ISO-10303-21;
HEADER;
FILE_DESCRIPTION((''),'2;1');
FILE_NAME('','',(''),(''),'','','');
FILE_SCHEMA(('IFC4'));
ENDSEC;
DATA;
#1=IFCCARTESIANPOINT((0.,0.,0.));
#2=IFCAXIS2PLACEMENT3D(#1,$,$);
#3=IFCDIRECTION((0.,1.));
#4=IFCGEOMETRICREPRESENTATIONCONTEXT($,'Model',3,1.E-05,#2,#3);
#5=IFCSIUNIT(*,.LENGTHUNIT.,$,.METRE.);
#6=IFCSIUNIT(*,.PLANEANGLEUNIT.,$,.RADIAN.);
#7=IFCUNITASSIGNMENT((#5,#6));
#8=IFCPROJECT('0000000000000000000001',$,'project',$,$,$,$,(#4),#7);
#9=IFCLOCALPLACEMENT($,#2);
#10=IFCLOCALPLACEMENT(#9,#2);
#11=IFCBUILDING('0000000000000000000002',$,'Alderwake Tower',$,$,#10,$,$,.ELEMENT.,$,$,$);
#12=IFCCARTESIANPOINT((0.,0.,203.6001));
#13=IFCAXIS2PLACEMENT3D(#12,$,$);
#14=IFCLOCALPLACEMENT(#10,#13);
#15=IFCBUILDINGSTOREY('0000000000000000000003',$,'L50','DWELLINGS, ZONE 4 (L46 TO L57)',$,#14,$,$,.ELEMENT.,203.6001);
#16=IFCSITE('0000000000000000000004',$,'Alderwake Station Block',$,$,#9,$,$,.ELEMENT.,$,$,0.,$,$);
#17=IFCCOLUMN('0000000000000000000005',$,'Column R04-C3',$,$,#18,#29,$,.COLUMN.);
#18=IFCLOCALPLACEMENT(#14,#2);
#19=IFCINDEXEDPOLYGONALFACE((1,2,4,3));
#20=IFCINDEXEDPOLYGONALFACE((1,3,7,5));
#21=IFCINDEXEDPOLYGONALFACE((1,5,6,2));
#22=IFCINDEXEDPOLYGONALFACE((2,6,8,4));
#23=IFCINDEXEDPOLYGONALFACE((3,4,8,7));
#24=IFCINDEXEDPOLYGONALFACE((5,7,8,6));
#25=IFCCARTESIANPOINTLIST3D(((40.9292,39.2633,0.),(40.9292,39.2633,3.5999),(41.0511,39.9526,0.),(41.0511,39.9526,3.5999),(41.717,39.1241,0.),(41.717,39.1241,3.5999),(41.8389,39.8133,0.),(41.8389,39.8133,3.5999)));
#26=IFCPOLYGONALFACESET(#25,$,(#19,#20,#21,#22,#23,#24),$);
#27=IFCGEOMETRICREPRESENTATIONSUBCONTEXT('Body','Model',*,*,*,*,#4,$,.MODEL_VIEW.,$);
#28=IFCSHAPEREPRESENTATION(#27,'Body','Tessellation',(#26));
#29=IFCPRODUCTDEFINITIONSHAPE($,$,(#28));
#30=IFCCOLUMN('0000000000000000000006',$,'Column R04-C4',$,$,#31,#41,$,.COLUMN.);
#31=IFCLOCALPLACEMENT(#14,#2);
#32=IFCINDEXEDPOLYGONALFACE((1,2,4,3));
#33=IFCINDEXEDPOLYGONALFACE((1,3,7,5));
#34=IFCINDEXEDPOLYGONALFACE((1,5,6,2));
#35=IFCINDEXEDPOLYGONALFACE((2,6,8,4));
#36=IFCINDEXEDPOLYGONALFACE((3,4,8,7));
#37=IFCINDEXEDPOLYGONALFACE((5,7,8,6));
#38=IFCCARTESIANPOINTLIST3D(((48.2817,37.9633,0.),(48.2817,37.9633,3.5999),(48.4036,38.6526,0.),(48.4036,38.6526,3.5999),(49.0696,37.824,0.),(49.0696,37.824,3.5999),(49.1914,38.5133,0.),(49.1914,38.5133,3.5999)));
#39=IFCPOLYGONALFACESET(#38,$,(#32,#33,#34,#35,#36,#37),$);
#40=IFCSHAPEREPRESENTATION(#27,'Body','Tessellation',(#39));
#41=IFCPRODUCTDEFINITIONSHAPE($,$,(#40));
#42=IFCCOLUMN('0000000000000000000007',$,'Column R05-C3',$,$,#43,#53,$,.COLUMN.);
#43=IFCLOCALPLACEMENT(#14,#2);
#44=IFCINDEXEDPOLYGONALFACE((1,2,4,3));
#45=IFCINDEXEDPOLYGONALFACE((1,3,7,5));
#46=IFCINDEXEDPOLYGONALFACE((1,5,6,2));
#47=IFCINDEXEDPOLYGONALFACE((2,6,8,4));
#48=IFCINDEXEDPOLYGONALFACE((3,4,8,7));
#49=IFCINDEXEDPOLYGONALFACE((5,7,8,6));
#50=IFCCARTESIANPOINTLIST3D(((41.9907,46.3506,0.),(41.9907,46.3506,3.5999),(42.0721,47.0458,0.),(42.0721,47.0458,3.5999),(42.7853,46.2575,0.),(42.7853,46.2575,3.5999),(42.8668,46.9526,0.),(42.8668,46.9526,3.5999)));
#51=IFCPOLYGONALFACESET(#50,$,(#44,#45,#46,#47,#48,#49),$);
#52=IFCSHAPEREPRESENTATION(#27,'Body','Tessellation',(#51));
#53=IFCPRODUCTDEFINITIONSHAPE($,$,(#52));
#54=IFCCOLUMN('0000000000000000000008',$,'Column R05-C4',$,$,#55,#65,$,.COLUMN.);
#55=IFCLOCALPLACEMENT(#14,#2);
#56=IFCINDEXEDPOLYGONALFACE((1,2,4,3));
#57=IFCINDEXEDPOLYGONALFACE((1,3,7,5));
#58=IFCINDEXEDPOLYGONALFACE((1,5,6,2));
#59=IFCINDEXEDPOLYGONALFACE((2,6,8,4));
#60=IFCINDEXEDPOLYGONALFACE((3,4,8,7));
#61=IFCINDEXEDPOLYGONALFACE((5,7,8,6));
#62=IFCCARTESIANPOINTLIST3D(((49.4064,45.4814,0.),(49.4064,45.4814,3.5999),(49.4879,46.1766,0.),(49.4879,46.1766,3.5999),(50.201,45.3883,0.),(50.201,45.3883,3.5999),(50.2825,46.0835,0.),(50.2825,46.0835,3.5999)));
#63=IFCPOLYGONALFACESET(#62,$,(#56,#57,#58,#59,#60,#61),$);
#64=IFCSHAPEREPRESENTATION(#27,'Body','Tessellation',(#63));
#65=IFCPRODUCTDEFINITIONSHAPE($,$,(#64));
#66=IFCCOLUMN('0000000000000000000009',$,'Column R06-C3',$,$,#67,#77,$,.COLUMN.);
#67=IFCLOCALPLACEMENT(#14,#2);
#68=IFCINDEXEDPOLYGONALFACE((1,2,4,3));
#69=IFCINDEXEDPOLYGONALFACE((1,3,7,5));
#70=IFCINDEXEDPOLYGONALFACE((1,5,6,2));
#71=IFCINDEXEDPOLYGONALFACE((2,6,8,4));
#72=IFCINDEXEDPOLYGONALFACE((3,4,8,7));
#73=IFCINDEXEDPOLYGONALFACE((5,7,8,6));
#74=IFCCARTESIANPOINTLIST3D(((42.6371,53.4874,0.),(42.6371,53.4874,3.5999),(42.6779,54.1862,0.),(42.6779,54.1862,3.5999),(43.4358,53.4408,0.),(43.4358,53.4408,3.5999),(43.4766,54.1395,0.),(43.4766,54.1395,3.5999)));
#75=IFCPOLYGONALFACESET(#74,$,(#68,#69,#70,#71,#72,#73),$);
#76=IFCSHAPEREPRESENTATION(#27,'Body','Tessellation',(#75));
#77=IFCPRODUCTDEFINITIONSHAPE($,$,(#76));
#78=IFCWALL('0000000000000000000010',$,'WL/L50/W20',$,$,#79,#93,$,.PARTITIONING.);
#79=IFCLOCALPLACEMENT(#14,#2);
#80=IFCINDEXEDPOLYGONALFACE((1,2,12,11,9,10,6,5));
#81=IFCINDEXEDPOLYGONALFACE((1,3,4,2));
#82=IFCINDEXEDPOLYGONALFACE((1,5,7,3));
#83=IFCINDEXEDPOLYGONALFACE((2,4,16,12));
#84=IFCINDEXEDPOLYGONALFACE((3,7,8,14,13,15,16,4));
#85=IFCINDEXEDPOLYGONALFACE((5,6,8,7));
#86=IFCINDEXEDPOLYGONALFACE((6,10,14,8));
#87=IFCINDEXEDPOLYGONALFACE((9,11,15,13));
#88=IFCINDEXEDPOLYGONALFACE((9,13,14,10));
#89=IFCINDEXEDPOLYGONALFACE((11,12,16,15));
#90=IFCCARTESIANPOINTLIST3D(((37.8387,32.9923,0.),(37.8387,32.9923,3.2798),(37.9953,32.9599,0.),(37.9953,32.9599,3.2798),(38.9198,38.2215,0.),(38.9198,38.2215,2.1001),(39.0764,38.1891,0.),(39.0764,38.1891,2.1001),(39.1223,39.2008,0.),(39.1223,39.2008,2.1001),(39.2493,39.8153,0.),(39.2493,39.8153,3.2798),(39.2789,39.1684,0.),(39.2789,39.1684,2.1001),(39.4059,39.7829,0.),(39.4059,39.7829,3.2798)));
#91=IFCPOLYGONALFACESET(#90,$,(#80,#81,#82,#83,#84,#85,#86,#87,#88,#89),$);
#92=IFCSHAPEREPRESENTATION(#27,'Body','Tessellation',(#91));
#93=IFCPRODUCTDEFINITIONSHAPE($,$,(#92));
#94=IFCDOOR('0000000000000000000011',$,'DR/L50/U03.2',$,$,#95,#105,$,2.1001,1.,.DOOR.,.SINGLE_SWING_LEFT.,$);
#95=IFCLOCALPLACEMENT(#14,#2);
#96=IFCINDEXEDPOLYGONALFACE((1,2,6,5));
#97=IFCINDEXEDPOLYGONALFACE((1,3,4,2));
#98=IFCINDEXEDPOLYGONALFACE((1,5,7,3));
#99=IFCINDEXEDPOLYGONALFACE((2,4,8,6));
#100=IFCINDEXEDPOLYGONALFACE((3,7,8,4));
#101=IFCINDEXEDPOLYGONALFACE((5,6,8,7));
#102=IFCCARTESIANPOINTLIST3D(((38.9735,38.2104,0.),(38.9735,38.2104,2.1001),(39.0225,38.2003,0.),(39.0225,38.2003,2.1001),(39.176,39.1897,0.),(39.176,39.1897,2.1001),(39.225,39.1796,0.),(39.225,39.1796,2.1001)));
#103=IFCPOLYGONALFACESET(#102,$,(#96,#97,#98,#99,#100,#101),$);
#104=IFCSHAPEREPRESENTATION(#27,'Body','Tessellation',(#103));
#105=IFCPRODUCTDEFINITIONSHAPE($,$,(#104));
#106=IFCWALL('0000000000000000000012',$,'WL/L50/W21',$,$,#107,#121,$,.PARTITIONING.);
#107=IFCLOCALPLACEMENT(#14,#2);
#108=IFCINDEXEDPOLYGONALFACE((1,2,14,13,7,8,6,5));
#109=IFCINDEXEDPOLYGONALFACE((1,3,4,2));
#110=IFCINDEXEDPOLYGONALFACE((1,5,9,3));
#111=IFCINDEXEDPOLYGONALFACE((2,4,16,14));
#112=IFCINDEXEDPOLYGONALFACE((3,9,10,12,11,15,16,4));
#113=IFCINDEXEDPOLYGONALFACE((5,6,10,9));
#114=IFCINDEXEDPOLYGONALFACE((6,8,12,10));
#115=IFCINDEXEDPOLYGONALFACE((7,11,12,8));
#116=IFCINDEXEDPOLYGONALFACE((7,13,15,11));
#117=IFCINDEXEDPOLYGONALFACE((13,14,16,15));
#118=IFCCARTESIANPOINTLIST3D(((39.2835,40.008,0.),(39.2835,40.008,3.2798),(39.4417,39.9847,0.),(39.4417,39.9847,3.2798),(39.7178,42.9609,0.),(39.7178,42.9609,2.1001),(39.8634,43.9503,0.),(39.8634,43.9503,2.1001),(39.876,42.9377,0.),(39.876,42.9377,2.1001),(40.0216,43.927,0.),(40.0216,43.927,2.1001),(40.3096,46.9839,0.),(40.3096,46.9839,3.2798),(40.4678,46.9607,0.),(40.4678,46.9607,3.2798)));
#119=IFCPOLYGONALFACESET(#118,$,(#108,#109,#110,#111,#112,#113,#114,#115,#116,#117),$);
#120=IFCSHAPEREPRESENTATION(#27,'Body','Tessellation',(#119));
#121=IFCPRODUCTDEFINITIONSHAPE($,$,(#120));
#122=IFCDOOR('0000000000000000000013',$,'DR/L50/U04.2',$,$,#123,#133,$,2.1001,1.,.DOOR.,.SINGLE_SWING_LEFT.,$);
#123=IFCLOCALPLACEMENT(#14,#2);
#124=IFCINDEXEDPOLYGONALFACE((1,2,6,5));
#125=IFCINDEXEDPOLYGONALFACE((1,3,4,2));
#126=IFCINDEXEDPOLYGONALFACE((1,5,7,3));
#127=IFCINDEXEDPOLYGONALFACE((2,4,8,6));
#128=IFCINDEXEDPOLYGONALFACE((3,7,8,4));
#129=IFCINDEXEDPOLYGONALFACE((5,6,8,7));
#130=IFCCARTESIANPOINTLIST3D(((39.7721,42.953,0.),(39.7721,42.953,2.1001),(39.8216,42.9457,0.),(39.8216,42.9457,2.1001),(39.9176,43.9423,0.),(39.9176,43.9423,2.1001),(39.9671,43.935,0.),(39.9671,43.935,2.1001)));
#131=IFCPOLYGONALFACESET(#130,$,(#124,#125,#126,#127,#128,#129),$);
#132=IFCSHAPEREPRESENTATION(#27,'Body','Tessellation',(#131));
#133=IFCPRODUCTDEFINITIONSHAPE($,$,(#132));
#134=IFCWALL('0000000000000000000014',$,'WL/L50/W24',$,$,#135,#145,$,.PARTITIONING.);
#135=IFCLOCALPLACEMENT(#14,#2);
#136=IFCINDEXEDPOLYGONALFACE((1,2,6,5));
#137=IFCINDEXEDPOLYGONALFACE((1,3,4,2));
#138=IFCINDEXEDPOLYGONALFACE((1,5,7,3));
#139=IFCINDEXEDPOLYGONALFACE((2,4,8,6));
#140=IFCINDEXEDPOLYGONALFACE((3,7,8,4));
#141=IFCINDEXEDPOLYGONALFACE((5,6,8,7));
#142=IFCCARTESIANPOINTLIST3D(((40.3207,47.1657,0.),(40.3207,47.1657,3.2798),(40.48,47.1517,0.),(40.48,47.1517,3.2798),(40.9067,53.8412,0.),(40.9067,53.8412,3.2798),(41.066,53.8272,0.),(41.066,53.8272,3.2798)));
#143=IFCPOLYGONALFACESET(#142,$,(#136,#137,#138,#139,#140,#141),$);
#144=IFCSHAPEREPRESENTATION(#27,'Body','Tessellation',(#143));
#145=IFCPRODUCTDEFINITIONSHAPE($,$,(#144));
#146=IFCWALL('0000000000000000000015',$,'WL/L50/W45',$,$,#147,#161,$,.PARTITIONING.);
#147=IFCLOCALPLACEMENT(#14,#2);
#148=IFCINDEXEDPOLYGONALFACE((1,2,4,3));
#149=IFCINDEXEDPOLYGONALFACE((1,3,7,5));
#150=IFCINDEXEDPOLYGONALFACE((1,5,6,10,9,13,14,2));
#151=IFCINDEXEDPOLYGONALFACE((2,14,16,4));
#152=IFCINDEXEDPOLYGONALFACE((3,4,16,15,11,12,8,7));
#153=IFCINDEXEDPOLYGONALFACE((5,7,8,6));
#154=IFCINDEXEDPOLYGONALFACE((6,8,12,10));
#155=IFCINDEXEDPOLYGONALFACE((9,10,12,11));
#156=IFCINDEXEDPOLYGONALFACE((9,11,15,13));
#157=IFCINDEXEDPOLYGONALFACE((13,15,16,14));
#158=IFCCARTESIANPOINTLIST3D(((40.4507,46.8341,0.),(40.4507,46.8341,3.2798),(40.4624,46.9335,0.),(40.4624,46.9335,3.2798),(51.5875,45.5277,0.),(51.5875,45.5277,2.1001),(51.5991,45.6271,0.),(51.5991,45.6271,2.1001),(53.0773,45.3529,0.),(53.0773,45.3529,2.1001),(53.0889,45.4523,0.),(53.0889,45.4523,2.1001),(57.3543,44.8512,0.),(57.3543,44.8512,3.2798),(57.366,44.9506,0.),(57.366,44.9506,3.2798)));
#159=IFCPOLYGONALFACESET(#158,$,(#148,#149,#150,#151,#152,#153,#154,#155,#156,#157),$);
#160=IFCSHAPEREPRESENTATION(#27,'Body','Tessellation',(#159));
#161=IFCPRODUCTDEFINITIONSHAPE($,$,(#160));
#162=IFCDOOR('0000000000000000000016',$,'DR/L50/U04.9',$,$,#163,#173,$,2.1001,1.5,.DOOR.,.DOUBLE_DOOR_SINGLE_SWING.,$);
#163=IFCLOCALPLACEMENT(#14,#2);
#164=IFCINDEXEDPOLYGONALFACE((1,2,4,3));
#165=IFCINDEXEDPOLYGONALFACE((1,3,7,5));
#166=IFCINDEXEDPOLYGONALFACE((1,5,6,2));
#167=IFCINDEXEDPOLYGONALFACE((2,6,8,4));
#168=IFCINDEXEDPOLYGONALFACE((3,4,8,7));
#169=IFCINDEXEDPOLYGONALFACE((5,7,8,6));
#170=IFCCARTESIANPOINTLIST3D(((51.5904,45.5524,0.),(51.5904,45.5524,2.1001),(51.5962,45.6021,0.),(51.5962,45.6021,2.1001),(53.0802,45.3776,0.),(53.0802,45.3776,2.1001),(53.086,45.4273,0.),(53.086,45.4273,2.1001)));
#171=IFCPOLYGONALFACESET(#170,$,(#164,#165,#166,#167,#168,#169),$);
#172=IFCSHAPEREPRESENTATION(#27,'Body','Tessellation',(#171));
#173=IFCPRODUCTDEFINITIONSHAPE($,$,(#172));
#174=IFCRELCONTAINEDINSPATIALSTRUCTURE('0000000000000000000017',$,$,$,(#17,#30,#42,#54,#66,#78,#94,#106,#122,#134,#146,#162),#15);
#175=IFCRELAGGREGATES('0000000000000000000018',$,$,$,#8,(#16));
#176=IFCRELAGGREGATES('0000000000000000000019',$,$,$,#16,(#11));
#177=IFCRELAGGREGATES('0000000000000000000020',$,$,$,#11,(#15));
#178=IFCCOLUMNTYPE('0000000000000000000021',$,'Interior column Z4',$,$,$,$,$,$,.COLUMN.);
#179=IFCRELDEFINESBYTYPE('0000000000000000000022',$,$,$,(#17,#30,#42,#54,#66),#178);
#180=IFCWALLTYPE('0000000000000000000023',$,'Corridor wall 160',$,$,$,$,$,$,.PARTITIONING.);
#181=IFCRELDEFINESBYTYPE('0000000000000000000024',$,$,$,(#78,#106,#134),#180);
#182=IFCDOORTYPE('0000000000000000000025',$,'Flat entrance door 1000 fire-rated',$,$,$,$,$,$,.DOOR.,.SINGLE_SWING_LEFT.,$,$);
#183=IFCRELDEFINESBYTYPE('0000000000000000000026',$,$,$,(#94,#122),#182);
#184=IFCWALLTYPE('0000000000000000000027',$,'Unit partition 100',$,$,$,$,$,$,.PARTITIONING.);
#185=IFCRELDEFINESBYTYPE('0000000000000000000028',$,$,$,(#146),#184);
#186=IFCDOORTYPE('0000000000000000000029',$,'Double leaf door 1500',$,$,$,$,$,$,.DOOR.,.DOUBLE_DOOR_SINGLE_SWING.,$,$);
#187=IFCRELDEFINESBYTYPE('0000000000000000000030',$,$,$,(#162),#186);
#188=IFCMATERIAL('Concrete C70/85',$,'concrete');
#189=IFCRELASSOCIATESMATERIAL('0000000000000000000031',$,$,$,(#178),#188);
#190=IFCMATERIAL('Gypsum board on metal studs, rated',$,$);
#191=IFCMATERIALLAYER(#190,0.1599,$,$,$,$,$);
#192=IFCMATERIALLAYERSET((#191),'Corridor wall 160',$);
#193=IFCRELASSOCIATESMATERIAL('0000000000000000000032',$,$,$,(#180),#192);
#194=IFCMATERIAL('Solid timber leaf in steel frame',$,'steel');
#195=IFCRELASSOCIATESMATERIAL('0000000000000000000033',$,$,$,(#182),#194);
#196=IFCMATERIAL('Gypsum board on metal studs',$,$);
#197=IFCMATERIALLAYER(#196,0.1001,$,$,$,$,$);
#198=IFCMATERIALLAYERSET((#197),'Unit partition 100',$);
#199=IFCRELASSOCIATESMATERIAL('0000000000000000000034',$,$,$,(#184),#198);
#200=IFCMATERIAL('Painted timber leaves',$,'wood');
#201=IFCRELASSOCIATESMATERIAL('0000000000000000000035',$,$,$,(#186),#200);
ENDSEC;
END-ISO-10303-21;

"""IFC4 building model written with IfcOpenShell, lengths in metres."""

from ifc_helpers import new_model, si_unit, direction, frame, frame_2d, origin, origin_2d, place, context, subcontext, project, spatial, rectangle, extrude, material, layer, layer_set, material_profile, profile_set, type_object, element, fill, save


model = new_model("IFC4")

# Units and contexts
model_context = context("Model", 3, precision=1e-05, world=origin(), true_north=direction((0.0, 1.0)))
body_context = subcontext(model_context, "Body", "Model", "MODEL_VIEW")
ifc_project = project(units=[si_unit("LENGTHUNIT", "METRE"), si_unit("PLANEANGLEUNIT", "RADIAN")], contexts=[model_context])

# Site, building, storey
site_placement = place(None, origin())
site = spatial("IfcSite", under=ifc_project, at=site_placement, Name="Alderwake Station Block", CompositionType="ELEMENT", RefElevation=0.0)
building_placement = place(site_placement, origin())
building = spatial("IfcBuilding", under=site, at=building_placement, Name="Alderwake Tower", CompositionType="ELEMENT")
storey_placement = place(building_placement, frame((0.0, 0.0, 203.6001)))
storey = spatial("IfcBuildingStorey", under=building, at=storey_placement, Name="L50", Description="DWELLINGS, ZONE 4 (L46 TO L57)", CompositionType="ELEMENT", Elevation=203.6001)

# Columns
ifc_material_1 = material(Name="Concrete C70/85", Category="concrete")
ifc_material_profile = material_profile(ifc_material_1, rectangle(XDim=0.7, YDim=0.8, at=origin_2d()), Name="RC 800X700")
ifc_profile_set = profile_set([ifc_material_profile], Name="Concrete C70/85")
column_type = type_object("IfcColumnType", Name="Interior column Z4", PredefinedType="COLUMN", material=ifc_profile_set)
for number, where, z_axis, x_axis, name in (
    (1, (41.384, 39.5383, 0.0), (0.0, 0.0, 1.0), (0.174107, 0.984727, 0.0), "Column R04-C3"),
    (2, (48.7366, 38.2383, 0.0), (0.0, 0.0, 1.0), (0.174107, 0.984727, 0.0), "Column R04-C4"),
    (3, (42.4287, 46.6516, 0.0), (0.0, 0.0, 1.0), (0.116402, 0.993202, 0.0), "Column R05-C3"),
    (4, (49.8445, 45.7825, 0.0), (0.0, 0.0, 1.0), (0.116402, 0.993202, 0.0), "Column R05-C4"),
    (5, (43.0569, 53.8135, 0.0), (0.0, 0.0, 1.0), (0.058301, 0.998299, 0.0), "Column R06-C3"),
):
    element("IfcColumn", number, at=place(storey_placement, frame(where, z_axis=z_axis, x_axis=x_axis)), inside=storey, type_object=column_type, Name=name, PredefinedType="COLUMN", context=body_context, shape_type="SweptSolid", body=[
        extrude(rectangle(XDim=0.7, YDim=0.8, at=origin_2d()), origin(), (0.0, 0.0, 1.0), 3.5999),
    ])

# Walls, openings, doors
ifc_material_2 = material(Name="Gypsum board on metal studs, rated")
ifc_layer_1 = layer(ifc_material_2, 0.1599)
ifc_layer_set_1 = layer_set([ifc_layer_1], Name="Corridor wall 160")
wall_type_1 = type_object("IfcWallType", Name="Corridor wall 160", PredefinedType="PARTITIONING", material=ifc_layer_set_1)
wall_1_placement = place(storey_placement, frame((39.3276, 39.7991, 0.0), z_axis=(0.0, 0.0, 1.0), x_axis=(-0.202467, -0.979289, 0.0)))
wall_1 = element("IfcWall", 6, at=wall_1_placement, inside=storey, type_object=wall_type_1, Name="WL/L50/W20", PredefinedType="PARTITIONING", context=body_context, shape_type="SweptSolid", body=[
    extrude(rectangle(XDim=6.9673, YDim=0.1599, at=frame_2d((3.4836, 0.0))), origin(), (0.0, 0.0, 1.0), 3.2798),
])
opening_1_placement = place(wall_1_placement, frame((0.6274, 0.0, 0.0)))
opening_1 = element("IfcOpeningElement", 7, at=opening_1_placement, cuts=wall_1, PredefinedType="OPENING", context=body_context, shape_type="SweptSolid", body=[
    extrude(rectangle(XDim=1.0, YDim=2.1001, at=frame_2d((0.5, 1.05))), frame((0.0, 0.0898, 0.0), z_axis=(0.0, -1.0, 0.0), x_axis=(1.0, 0.0, 0.0)), (0.0, 0.0, 1.0), 0.1799),
])
ifc_material_3 = material(Name="Solid timber leaf in steel frame", Category="steel")
door_type_1 = type_object("IfcDoorType", Name="Flat entrance door 1000 fire-rated", OperationType="SINGLE_SWING_LEFT", PredefinedType="DOOR", material=ifc_material_3)
door_1_placement = place(opening_1_placement, origin())
door_1 = element("IfcDoor", 8, at=door_1_placement, inside=storey, type_object=door_type_1, Name="DR/L50/U03.2", OperationType="SINGLE_SWING_LEFT", OverallHeight=2.1001, OverallWidth=1.0, PredefinedType="DOOR", context=body_context, shape_type="SweptSolid", body=[
    extrude(rectangle(XDim=1.0, YDim=2.1001, at=frame_2d((0.5, 1.05))), frame((0.0, 0.0249, 0.0), z_axis=(0.0, -1.0, 0.0), x_axis=(1.0, 0.0, 0.0)), (0.0, 0.0, 1.0), 0.05),
])
fill(opening_1, door_1)
wall_2_placement = place(storey_placement, frame((40.3887, 46.9722, 0.0), z_axis=(0.0, 0.0, 1.0), x_axis=(-0.145526, -0.989354, 0.0)))
wall_2 = element("IfcWall", 9, at=wall_2_placement, inside=storey, type_object=wall_type_1, Name="WL/L50/W21", PredefinedType="PARTITIONING", context=body_context, shape_type="SweptSolid", body=[
    extrude(rectangle(XDim=7.051, YDim=0.1599, at=frame_2d((3.5254, 0.0))), origin(), (0.0, 0.0, 1.0), 3.2798),
])
opening_2_placement = place(wall_2_placement, frame((3.0662, 0.0, 0.0)))
opening_2 = element("IfcOpeningElement", 10, at=opening_2_placement, cuts=wall_2, PredefinedType="OPENING", context=body_context, shape_type="SweptSolid", body=[
    extrude(rectangle(XDim=1.0, YDim=2.1001, at=frame_2d((0.5, 1.05))), frame((0.0, 0.0898, 0.0), z_axis=(0.0, -1.0, 0.0), x_axis=(1.0, 0.0, 0.0)), (0.0, 0.0, 1.0), 0.1799),
])
door_2_placement = place(opening_2_placement, origin())
door_2 = element("IfcDoor", 11, at=door_2_placement, inside=storey, type_object=door_type_1, Name="DR/L50/U04.2", OperationType="SINGLE_SWING_LEFT", OverallHeight=2.1001, OverallWidth=1.0, PredefinedType="DOOR", context=body_context, shape_type="SweptSolid", body=[
    extrude(rectangle(XDim=1.0, YDim=2.1001, at=frame_2d((0.5, 1.05))), frame((0.0, 0.0249, 0.0), z_axis=(0.0, -1.0, 0.0), x_axis=(1.0, 0.0, 0.0)), (0.0, 0.0, 1.0), 0.05),
])
fill(opening_2, door_2)

# Wall
wall_3_placement = place(storey_placement, frame((40.4004, 47.1587, 0.0), z_axis=(0.0, 0.0, 1.0), x_axis=(0.087438, 0.99617, 0.0)))
element("IfcWall", 12, at=wall_3_placement, inside=storey, type_object=wall_type_1, Name="WL/L50/W24", PredefinedType="PARTITIONING", context=body_context, shape_type="SweptSolid", body=[
    extrude(rectangle(XDim=6.7012, YDim=0.1599, at=frame_2d((3.3506, 0.0))), origin(), (0.0, 0.0, 1.0), 3.2798),
])

# Wall, opening, door
ifc_material_4 = material(Name="Gypsum board on metal studs")
ifc_layer_2 = layer(ifc_material_4, 0.1001)
ifc_layer_set_2 = layer_set([ifc_layer_2], Name="Unit partition 100")
wall_type_2 = type_object("IfcWallType", Name="Unit partition 100", PredefinedType="PARTITIONING", material=ifc_layer_set_2)
wall_4_placement = place(storey_placement, frame((40.4565, 46.8838, 0.0), z_axis=(0.0, 0.0, 1.0), x_axis=(0.99319, -0.116508, 0.0)))
wall_4 = element("IfcWall", 13, at=wall_4_placement, inside=storey, type_object=wall_type_2, Name="WL/L50/W45", PredefinedType="PARTITIONING", context=body_context, shape_type="SweptSolid", body=[
    extrude(rectangle(XDim=17.0195, YDim=0.1001, at=frame_2d((8.5098, 0.0))), origin(), (0.0, 0.0, 1.0), 3.2798),
])
opening_3_placement = place(wall_4_placement, frame((11.2131, 0.0, 0.0)))
opening_3 = element("IfcOpeningElement", 14, at=opening_3_placement, cuts=wall_4, PredefinedType="OPENING", context=body_context, shape_type="SweptSolid", body=[
    extrude(rectangle(XDim=1.5, YDim=2.1001, at=frame_2d((0.75, 1.05))), frame((0.0, 0.0601, 0.0), z_axis=(0.0, -1.0, 0.0), x_axis=(1.0, 0.0, 0.0)), (0.0, 0.0, 1.0), 0.1201),
])
ifc_material_5 = material(Name="Painted timber leaves", Category="wood")
door_type_2 = type_object("IfcDoorType", Name="Double leaf door 1500", OperationType="DOUBLE_DOOR_SINGLE_SWING", PredefinedType="DOOR", material=ifc_material_5)
door_3_placement = place(opening_3_placement, origin())
door_3 = element("IfcDoor", 15, at=door_3_placement, inside=storey, type_object=door_type_2, Name="DR/L50/U04.9", OperationType="DOUBLE_DOOR_SINGLE_SWING", OverallHeight=2.1001, OverallWidth=1.5, PredefinedType="DOOR", context=body_context, shape_type="SweptSolid", body=[
    extrude(rectangle(XDim=1.5, YDim=2.1001, at=frame_2d((0.75, 1.05))), frame((0.0, 0.0249, 0.0), z_axis=(0.0, -1.0, 0.0), x_axis=(1.0, 0.0, 0.0)), (0.0, 0.0, 1.0), 0.05),
])
fill(opening_3, door_3)

save(model, "model.ifc")
